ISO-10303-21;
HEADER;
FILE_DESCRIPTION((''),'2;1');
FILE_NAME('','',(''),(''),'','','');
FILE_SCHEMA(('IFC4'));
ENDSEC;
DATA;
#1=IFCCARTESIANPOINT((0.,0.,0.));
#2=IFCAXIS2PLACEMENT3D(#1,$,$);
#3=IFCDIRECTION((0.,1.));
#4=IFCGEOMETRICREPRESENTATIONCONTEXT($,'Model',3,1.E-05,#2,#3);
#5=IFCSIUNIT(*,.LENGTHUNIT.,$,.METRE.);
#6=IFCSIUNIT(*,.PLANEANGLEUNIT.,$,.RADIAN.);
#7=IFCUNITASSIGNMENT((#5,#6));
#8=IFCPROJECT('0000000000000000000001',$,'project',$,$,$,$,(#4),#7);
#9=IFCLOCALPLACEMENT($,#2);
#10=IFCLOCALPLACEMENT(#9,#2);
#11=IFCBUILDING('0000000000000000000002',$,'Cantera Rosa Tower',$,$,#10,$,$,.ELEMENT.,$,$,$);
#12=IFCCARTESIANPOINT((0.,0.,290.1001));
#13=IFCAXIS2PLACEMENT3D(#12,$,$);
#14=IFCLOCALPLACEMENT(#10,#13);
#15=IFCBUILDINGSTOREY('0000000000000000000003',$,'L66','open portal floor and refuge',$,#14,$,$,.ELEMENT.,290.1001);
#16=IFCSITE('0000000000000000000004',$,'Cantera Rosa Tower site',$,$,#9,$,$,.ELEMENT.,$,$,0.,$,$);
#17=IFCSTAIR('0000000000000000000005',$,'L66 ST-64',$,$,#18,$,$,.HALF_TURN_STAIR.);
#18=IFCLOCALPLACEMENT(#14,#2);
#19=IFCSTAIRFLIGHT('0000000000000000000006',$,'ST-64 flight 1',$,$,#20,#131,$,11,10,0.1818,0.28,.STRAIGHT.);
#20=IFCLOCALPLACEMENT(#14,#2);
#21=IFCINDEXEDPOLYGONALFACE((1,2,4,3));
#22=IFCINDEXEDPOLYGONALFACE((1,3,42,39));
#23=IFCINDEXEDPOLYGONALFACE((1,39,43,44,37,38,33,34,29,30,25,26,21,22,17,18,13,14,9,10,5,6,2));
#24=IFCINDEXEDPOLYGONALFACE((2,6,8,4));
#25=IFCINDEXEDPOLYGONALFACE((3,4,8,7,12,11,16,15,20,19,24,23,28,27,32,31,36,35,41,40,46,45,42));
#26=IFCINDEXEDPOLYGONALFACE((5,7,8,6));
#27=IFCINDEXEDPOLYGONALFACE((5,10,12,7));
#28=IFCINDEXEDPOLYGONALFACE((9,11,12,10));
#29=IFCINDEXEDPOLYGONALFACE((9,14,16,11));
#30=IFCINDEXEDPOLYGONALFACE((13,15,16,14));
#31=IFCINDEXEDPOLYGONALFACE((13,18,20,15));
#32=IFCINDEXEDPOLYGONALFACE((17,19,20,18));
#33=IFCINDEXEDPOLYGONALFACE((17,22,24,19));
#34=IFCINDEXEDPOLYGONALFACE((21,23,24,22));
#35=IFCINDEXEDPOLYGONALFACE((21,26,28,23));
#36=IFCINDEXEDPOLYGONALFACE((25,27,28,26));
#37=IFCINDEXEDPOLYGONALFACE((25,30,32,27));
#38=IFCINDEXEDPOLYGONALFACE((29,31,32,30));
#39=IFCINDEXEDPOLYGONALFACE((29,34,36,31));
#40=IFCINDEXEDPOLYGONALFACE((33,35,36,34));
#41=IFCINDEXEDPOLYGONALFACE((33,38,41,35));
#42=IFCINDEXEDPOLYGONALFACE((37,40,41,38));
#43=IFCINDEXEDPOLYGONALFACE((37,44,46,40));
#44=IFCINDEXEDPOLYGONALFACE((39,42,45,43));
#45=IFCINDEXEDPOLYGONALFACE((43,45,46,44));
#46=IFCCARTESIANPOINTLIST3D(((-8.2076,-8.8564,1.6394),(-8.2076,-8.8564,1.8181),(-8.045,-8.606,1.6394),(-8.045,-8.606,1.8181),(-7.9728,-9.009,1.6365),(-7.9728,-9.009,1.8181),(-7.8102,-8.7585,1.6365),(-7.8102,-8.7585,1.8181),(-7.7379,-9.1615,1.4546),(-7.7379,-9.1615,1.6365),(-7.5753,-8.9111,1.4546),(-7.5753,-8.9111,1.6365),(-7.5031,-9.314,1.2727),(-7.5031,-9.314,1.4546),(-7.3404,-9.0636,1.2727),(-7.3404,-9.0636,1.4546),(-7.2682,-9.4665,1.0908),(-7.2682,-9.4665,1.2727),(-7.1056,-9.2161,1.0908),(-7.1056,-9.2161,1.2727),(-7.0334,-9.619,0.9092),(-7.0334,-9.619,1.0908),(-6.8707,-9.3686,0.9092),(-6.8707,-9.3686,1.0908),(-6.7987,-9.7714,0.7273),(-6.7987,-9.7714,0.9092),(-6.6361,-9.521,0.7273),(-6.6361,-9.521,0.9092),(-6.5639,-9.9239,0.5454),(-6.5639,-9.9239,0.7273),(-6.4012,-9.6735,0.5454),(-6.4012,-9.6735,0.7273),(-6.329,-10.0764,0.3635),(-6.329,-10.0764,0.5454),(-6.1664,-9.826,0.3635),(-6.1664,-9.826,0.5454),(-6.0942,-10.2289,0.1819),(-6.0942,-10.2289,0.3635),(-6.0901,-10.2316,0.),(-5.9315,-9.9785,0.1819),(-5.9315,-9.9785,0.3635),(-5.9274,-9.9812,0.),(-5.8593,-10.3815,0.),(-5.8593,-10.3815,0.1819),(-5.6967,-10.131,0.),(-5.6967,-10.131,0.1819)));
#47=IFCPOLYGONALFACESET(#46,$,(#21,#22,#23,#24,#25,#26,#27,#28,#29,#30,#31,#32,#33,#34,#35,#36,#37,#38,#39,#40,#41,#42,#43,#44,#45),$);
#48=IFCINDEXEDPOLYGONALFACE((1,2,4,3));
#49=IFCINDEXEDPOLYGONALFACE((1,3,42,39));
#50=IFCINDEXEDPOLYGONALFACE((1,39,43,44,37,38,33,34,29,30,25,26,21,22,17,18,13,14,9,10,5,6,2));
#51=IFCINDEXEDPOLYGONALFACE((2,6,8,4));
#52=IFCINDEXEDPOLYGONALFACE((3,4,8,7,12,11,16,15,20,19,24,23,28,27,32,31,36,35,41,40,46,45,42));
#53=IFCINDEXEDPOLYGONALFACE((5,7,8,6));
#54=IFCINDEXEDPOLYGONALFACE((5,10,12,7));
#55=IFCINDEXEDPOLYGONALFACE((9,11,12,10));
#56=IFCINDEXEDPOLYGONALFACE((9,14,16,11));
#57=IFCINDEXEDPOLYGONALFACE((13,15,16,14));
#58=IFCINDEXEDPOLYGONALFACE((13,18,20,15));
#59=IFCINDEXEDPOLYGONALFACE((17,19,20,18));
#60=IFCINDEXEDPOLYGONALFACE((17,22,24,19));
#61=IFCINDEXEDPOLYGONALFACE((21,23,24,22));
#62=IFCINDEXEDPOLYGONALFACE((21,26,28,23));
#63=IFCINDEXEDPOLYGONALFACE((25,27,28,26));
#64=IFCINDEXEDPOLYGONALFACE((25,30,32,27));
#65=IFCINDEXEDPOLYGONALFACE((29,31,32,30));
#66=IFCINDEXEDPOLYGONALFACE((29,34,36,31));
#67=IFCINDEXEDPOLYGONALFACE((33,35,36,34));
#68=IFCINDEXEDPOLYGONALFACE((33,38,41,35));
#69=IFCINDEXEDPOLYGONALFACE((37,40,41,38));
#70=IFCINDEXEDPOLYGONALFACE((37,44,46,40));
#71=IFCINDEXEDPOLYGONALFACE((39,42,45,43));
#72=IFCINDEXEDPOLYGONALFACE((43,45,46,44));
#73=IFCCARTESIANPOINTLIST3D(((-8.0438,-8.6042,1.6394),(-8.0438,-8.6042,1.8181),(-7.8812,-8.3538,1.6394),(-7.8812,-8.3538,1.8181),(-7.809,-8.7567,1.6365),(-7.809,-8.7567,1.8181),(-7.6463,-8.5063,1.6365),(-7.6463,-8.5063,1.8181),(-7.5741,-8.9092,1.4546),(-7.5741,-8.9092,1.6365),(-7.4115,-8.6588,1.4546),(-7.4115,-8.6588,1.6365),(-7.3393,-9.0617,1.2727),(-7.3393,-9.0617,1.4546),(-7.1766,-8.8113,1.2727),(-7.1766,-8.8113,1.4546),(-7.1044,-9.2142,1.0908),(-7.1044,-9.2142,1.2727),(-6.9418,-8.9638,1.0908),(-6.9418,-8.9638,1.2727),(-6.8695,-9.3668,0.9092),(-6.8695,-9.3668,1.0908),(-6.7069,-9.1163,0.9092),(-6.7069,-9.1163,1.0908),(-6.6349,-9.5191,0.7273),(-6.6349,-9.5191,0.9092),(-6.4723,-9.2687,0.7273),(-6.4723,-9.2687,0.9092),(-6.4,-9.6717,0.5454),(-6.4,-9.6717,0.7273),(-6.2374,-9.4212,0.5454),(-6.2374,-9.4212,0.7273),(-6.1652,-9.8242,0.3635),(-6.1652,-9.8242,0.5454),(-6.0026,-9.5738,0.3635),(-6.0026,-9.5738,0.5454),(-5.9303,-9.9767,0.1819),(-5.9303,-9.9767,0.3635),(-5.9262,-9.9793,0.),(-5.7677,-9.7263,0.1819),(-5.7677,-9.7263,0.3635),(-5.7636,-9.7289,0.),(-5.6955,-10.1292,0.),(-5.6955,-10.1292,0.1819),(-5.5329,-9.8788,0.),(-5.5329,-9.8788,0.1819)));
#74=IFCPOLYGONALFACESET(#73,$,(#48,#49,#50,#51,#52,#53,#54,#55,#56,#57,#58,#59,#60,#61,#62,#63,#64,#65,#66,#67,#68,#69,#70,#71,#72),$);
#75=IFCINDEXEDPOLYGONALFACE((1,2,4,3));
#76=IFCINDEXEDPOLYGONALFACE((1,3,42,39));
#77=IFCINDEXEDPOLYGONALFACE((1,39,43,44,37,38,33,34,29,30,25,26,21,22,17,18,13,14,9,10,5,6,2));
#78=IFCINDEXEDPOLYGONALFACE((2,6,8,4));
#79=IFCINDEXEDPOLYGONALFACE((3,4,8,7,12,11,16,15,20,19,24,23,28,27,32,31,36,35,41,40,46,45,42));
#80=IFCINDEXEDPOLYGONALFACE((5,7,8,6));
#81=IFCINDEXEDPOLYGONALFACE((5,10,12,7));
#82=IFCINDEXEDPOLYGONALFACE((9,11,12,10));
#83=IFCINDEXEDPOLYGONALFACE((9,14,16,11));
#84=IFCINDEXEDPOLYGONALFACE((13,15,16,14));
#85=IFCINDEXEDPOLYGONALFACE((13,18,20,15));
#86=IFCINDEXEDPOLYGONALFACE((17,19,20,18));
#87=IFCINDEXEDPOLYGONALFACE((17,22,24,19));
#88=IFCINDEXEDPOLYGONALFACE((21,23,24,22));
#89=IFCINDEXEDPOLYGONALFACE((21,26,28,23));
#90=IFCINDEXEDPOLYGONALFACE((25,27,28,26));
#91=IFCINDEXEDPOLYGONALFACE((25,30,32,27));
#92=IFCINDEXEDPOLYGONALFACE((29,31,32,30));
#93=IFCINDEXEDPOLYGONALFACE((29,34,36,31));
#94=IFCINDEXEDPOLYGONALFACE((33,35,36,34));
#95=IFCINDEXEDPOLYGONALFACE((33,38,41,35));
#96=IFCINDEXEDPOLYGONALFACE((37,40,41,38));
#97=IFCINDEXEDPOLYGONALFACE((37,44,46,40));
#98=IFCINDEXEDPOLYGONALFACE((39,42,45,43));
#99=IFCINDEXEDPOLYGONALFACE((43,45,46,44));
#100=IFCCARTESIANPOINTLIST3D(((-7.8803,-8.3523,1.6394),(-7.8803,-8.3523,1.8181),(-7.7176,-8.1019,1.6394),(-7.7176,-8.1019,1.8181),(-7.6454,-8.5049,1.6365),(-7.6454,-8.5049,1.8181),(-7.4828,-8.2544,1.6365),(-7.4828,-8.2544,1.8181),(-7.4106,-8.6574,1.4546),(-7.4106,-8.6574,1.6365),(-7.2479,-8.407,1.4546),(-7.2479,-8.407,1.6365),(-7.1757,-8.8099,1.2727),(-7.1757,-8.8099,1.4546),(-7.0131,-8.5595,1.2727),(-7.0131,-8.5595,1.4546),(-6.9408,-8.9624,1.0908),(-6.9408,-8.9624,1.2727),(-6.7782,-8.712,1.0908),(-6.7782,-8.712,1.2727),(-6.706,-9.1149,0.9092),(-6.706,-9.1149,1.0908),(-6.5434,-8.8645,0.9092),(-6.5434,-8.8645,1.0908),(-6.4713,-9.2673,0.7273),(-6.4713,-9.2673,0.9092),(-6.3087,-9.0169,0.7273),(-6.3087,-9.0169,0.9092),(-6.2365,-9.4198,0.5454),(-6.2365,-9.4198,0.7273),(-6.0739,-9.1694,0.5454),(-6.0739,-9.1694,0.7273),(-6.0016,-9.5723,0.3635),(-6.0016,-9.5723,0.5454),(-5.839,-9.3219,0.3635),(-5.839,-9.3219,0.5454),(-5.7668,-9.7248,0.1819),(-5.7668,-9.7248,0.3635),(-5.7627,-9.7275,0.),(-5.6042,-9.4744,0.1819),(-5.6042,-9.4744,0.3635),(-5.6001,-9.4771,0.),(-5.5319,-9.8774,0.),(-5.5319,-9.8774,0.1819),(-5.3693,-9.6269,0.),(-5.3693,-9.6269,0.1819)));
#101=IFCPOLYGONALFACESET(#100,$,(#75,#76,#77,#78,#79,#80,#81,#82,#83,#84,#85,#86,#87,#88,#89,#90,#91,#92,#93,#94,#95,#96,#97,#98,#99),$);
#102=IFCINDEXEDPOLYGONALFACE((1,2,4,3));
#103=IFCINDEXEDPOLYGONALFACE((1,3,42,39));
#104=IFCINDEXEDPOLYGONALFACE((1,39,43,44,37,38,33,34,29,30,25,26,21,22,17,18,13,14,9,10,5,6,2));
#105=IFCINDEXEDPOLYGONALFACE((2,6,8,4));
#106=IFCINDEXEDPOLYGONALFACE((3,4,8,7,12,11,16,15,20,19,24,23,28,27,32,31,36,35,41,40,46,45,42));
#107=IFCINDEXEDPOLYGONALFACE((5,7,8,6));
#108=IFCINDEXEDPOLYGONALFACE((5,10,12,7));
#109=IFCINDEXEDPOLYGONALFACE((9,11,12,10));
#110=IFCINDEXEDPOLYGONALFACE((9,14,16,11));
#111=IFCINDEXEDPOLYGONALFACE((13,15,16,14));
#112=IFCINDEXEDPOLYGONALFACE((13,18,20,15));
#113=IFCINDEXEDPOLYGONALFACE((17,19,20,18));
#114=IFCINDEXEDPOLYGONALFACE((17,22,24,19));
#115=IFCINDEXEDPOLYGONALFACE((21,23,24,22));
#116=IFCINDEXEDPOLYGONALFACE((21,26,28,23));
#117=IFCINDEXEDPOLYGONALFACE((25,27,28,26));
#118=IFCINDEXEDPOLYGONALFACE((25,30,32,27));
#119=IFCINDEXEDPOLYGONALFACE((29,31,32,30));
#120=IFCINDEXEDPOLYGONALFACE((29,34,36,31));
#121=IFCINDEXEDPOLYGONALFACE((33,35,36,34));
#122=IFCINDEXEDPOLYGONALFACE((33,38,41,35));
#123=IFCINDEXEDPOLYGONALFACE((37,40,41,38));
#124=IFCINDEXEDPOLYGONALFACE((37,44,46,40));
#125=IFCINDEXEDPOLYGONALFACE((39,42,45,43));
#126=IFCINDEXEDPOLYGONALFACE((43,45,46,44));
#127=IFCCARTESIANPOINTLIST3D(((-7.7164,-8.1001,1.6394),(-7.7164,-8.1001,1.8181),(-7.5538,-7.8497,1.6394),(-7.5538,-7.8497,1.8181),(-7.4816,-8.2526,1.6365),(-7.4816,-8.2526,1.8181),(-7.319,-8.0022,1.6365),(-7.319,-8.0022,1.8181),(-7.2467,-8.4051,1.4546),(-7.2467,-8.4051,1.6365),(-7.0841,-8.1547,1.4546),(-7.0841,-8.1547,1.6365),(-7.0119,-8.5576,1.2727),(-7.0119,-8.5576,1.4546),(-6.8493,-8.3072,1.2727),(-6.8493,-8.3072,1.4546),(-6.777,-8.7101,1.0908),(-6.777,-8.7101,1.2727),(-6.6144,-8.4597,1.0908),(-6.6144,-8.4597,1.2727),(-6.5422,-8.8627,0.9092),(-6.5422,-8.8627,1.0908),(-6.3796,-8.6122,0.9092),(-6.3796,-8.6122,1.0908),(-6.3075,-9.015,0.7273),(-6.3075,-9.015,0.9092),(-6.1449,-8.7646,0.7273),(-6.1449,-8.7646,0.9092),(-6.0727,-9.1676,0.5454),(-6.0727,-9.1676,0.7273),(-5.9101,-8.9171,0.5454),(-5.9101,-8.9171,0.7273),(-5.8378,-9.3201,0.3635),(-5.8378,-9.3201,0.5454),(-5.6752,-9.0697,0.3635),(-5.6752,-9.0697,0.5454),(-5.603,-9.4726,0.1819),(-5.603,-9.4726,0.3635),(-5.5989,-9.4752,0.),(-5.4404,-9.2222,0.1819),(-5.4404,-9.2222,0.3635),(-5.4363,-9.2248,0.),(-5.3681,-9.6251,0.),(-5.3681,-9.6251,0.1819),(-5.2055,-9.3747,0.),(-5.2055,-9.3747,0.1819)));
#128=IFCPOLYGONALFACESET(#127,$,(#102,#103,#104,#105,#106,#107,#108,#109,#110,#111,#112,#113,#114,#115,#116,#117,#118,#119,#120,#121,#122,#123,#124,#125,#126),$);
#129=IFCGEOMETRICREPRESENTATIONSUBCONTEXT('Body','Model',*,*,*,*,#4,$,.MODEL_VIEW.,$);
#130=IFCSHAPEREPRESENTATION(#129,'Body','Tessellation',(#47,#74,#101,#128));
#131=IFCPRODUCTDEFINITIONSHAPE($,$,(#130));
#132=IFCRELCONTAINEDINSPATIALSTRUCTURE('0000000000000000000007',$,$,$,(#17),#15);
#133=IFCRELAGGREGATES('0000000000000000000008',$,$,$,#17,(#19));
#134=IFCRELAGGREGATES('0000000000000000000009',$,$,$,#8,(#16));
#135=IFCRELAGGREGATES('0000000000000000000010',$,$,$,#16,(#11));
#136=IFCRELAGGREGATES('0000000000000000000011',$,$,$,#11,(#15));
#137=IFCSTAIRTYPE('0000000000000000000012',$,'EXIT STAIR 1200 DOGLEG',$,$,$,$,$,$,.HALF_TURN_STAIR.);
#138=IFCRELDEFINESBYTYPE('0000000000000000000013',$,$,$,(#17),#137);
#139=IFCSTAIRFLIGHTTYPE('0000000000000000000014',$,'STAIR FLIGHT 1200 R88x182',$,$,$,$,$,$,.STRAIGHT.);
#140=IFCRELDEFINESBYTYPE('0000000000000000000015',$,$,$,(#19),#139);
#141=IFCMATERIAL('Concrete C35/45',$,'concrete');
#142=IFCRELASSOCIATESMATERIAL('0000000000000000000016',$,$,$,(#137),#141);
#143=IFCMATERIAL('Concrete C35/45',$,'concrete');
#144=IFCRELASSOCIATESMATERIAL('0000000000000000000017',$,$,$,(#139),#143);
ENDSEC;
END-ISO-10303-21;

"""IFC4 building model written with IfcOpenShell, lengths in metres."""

from ifc_helpers import new_model, si_unit, direction, frame, origin, place, context, subcontext, project, spatial, polyline, outline, extrude, material, type_object, element, aggregate, save


model = new_model("IFC4")

# Units and contexts
model_context = context("Model", 3, precision=1e-05, world=origin(), true_north=direction((0.0, 1.0)))
body_context = subcontext(model_context, "Body", "Model", "MODEL_VIEW")
ifc_project = project(units=[si_unit("LENGTHUNIT", "METRE"), si_unit("PLANEANGLEUNIT", "RADIAN")], contexts=[model_context])

# Site, building, storey
site_placement = place(None, origin())
site = spatial("IfcSite", under=ifc_project, at=site_placement, Name="Cantera Rosa Tower site", CompositionType="ELEMENT", RefElevation=0.0)
building_placement = place(site_placement, origin())
building = spatial("IfcBuilding", under=site, at=building_placement, Name="Cantera Rosa Tower", CompositionType="ELEMENT")
storey_placement = place(building_placement, frame((0.0, 0.0, 290.1001)))
storey = spatial("IfcBuildingStorey", under=building, at=storey_placement, Name="L66", Description="open portal floor and refuge", CompositionType="ELEMENT", Elevation=290.1001)

# Stair, stair flight
ifc_material_1 = material(Name="Concrete C35/45", Category="concrete")
stair_type = type_object("IfcStairType", Name="EXIT STAIR 1200 DOGLEG", PredefinedType="HALF_TURN_STAIR", material=ifc_material_1)
stair_placement = place(storey_placement, origin())
stair = element("IfcStair", 1, at=stair_placement, inside=storey, type_object=stair_type, Name="L66 ST-64", PredefinedType="HALF_TURN_STAIR")
ifc_material_2 = material(Name="Concrete C35/45", Category="concrete")
stair_flight_type = type_object("IfcStairFlightType", Name="STAIR FLIGHT 1200 R88x182", PredefinedType="STRAIGHT", material=ifc_material_2)
stair_flight_1_placement = place(storey_placement, frame((-5.5325, -9.8782, 0.0), z_axis=(0.0, 0.0, 1.0), x_axis=(-0.838671, 0.544639, 0.0)))
stair_flight_1 = element("IfcStairFlight", 2, at=stair_flight_1_placement, type_object=stair_flight_type, Name="ST-64 flight 1", NumberOfRisers=11, NumberOfTreads=10, PredefinedType="STRAIGHT", RiserHeight=0.1818, TreadLength=0.28, context=body_context, shape_type="SweptSolid", body=[
    extrude(outline(polyline([(0.0, 0.0), (0.0, 0.1819), (0.28, 0.1819), (0.28, 0.3635), (0.5601, 0.3635), (0.5601, 0.5454), (0.8401, 0.5454), (0.8401, 0.7273), (1.1201, 0.7273), (1.1201, 0.9092), (1.3999, 0.9092), (1.3999, 1.0908), (1.6799, 1.0908), (1.6799, 1.2727), (1.96, 1.2727), (1.96, 1.4546), (2.24, 1.4546), (2.24, 1.6365), (2.52, 1.6365), (2.52, 1.8181), (2.8, 1.8181), (2.8, 2.0), (2.8, 1.6394), (0.2751, 0.0), (0.0, 0.0)])), frame((0.0, 0.6001, 0.0), z_axis=(0.0, -1.0, 0.0), x_axis=(1.0, 0.0, 0.0)), (0.0, 0.0, 1.0), 0.2986),
    extrude(outline(polyline([(0.0, 0.0), (0.0, 0.1819), (0.28, 0.1819), (0.28, 0.3635), (0.5601, 0.3635), (0.5601, 0.5454), (0.8401, 0.5454), (0.8401, 0.7273), (1.1201, 0.7273), (1.1201, 0.9092), (1.3999, 0.9092), (1.3999, 1.0908), (1.6799, 1.0908), (1.6799, 1.2727), (1.96, 1.2727), (1.96, 1.4546), (2.24, 1.4546), (2.24, 1.6365), (2.52, 1.6365), (2.52, 1.8181), (2.8, 1.8181), (2.8, 2.0), (2.8, 1.6394), (0.2751, 0.0), (0.0, 0.0)])), frame((0.0, 0.2993, 0.0), z_axis=(0.0, -1.0, 0.0), x_axis=(1.0, 0.0, 0.0)), (0.0, 0.0, 1.0), 0.2986),
    extrude(outline(polyline([(0.0, 0.0), (0.0, 0.1819), (0.28, 0.1819), (0.28, 0.3635), (0.5601, 0.3635), (0.5601, 0.5454), (0.8401, 0.5454), (0.8401, 0.7273), (1.1201, 0.7273), (1.1201, 0.9092), (1.3999, 0.9092), (1.3999, 1.0908), (1.6799, 1.0908), (1.6799, 1.2727), (1.96, 1.2727), (1.96, 1.4546), (2.24, 1.4546), (2.24, 1.6365), (2.52, 1.6365), (2.52, 1.8181), (2.8, 1.8181), (2.8, 2.0), (2.8, 1.6394), (0.2751, 0.0), (0.0, 0.0)])), frame((0.0, -0.001, 0.0), z_axis=(0.0, -1.0, 0.0), x_axis=(1.0, 0.0, 0.0)), (0.0, 0.0, 1.0), 0.2986),
    extrude(outline(polyline([(0.0, 0.0), (0.0, 0.1819), (0.28, 0.1819), (0.28, 0.3635), (0.5601, 0.3635), (0.5601, 0.5454), (0.8401, 0.5454), (0.8401, 0.7273), (1.1201, 0.7273), (1.1201, 0.9092), (1.3999, 0.9092), (1.3999, 1.0908), (1.6799, 1.0908), (1.6799, 1.2727), (1.96, 1.2727), (1.96, 1.4546), (2.24, 1.4546), (2.24, 1.6365), (2.52, 1.6365), (2.52, 1.8181), (2.8, 1.8181), (2.8, 2.0), (2.8, 1.6394), (0.2751, 0.0), (0.0, 0.0)])), frame((0.0, -0.3018, 0.0), z_axis=(0.0, -1.0, 0.0), x_axis=(1.0, 0.0, 0.0)), (0.0, 0.0, 1.0), 0.2986),
])
aggregate(stair, [stair_flight_1])

save(model, "model.ifc")
